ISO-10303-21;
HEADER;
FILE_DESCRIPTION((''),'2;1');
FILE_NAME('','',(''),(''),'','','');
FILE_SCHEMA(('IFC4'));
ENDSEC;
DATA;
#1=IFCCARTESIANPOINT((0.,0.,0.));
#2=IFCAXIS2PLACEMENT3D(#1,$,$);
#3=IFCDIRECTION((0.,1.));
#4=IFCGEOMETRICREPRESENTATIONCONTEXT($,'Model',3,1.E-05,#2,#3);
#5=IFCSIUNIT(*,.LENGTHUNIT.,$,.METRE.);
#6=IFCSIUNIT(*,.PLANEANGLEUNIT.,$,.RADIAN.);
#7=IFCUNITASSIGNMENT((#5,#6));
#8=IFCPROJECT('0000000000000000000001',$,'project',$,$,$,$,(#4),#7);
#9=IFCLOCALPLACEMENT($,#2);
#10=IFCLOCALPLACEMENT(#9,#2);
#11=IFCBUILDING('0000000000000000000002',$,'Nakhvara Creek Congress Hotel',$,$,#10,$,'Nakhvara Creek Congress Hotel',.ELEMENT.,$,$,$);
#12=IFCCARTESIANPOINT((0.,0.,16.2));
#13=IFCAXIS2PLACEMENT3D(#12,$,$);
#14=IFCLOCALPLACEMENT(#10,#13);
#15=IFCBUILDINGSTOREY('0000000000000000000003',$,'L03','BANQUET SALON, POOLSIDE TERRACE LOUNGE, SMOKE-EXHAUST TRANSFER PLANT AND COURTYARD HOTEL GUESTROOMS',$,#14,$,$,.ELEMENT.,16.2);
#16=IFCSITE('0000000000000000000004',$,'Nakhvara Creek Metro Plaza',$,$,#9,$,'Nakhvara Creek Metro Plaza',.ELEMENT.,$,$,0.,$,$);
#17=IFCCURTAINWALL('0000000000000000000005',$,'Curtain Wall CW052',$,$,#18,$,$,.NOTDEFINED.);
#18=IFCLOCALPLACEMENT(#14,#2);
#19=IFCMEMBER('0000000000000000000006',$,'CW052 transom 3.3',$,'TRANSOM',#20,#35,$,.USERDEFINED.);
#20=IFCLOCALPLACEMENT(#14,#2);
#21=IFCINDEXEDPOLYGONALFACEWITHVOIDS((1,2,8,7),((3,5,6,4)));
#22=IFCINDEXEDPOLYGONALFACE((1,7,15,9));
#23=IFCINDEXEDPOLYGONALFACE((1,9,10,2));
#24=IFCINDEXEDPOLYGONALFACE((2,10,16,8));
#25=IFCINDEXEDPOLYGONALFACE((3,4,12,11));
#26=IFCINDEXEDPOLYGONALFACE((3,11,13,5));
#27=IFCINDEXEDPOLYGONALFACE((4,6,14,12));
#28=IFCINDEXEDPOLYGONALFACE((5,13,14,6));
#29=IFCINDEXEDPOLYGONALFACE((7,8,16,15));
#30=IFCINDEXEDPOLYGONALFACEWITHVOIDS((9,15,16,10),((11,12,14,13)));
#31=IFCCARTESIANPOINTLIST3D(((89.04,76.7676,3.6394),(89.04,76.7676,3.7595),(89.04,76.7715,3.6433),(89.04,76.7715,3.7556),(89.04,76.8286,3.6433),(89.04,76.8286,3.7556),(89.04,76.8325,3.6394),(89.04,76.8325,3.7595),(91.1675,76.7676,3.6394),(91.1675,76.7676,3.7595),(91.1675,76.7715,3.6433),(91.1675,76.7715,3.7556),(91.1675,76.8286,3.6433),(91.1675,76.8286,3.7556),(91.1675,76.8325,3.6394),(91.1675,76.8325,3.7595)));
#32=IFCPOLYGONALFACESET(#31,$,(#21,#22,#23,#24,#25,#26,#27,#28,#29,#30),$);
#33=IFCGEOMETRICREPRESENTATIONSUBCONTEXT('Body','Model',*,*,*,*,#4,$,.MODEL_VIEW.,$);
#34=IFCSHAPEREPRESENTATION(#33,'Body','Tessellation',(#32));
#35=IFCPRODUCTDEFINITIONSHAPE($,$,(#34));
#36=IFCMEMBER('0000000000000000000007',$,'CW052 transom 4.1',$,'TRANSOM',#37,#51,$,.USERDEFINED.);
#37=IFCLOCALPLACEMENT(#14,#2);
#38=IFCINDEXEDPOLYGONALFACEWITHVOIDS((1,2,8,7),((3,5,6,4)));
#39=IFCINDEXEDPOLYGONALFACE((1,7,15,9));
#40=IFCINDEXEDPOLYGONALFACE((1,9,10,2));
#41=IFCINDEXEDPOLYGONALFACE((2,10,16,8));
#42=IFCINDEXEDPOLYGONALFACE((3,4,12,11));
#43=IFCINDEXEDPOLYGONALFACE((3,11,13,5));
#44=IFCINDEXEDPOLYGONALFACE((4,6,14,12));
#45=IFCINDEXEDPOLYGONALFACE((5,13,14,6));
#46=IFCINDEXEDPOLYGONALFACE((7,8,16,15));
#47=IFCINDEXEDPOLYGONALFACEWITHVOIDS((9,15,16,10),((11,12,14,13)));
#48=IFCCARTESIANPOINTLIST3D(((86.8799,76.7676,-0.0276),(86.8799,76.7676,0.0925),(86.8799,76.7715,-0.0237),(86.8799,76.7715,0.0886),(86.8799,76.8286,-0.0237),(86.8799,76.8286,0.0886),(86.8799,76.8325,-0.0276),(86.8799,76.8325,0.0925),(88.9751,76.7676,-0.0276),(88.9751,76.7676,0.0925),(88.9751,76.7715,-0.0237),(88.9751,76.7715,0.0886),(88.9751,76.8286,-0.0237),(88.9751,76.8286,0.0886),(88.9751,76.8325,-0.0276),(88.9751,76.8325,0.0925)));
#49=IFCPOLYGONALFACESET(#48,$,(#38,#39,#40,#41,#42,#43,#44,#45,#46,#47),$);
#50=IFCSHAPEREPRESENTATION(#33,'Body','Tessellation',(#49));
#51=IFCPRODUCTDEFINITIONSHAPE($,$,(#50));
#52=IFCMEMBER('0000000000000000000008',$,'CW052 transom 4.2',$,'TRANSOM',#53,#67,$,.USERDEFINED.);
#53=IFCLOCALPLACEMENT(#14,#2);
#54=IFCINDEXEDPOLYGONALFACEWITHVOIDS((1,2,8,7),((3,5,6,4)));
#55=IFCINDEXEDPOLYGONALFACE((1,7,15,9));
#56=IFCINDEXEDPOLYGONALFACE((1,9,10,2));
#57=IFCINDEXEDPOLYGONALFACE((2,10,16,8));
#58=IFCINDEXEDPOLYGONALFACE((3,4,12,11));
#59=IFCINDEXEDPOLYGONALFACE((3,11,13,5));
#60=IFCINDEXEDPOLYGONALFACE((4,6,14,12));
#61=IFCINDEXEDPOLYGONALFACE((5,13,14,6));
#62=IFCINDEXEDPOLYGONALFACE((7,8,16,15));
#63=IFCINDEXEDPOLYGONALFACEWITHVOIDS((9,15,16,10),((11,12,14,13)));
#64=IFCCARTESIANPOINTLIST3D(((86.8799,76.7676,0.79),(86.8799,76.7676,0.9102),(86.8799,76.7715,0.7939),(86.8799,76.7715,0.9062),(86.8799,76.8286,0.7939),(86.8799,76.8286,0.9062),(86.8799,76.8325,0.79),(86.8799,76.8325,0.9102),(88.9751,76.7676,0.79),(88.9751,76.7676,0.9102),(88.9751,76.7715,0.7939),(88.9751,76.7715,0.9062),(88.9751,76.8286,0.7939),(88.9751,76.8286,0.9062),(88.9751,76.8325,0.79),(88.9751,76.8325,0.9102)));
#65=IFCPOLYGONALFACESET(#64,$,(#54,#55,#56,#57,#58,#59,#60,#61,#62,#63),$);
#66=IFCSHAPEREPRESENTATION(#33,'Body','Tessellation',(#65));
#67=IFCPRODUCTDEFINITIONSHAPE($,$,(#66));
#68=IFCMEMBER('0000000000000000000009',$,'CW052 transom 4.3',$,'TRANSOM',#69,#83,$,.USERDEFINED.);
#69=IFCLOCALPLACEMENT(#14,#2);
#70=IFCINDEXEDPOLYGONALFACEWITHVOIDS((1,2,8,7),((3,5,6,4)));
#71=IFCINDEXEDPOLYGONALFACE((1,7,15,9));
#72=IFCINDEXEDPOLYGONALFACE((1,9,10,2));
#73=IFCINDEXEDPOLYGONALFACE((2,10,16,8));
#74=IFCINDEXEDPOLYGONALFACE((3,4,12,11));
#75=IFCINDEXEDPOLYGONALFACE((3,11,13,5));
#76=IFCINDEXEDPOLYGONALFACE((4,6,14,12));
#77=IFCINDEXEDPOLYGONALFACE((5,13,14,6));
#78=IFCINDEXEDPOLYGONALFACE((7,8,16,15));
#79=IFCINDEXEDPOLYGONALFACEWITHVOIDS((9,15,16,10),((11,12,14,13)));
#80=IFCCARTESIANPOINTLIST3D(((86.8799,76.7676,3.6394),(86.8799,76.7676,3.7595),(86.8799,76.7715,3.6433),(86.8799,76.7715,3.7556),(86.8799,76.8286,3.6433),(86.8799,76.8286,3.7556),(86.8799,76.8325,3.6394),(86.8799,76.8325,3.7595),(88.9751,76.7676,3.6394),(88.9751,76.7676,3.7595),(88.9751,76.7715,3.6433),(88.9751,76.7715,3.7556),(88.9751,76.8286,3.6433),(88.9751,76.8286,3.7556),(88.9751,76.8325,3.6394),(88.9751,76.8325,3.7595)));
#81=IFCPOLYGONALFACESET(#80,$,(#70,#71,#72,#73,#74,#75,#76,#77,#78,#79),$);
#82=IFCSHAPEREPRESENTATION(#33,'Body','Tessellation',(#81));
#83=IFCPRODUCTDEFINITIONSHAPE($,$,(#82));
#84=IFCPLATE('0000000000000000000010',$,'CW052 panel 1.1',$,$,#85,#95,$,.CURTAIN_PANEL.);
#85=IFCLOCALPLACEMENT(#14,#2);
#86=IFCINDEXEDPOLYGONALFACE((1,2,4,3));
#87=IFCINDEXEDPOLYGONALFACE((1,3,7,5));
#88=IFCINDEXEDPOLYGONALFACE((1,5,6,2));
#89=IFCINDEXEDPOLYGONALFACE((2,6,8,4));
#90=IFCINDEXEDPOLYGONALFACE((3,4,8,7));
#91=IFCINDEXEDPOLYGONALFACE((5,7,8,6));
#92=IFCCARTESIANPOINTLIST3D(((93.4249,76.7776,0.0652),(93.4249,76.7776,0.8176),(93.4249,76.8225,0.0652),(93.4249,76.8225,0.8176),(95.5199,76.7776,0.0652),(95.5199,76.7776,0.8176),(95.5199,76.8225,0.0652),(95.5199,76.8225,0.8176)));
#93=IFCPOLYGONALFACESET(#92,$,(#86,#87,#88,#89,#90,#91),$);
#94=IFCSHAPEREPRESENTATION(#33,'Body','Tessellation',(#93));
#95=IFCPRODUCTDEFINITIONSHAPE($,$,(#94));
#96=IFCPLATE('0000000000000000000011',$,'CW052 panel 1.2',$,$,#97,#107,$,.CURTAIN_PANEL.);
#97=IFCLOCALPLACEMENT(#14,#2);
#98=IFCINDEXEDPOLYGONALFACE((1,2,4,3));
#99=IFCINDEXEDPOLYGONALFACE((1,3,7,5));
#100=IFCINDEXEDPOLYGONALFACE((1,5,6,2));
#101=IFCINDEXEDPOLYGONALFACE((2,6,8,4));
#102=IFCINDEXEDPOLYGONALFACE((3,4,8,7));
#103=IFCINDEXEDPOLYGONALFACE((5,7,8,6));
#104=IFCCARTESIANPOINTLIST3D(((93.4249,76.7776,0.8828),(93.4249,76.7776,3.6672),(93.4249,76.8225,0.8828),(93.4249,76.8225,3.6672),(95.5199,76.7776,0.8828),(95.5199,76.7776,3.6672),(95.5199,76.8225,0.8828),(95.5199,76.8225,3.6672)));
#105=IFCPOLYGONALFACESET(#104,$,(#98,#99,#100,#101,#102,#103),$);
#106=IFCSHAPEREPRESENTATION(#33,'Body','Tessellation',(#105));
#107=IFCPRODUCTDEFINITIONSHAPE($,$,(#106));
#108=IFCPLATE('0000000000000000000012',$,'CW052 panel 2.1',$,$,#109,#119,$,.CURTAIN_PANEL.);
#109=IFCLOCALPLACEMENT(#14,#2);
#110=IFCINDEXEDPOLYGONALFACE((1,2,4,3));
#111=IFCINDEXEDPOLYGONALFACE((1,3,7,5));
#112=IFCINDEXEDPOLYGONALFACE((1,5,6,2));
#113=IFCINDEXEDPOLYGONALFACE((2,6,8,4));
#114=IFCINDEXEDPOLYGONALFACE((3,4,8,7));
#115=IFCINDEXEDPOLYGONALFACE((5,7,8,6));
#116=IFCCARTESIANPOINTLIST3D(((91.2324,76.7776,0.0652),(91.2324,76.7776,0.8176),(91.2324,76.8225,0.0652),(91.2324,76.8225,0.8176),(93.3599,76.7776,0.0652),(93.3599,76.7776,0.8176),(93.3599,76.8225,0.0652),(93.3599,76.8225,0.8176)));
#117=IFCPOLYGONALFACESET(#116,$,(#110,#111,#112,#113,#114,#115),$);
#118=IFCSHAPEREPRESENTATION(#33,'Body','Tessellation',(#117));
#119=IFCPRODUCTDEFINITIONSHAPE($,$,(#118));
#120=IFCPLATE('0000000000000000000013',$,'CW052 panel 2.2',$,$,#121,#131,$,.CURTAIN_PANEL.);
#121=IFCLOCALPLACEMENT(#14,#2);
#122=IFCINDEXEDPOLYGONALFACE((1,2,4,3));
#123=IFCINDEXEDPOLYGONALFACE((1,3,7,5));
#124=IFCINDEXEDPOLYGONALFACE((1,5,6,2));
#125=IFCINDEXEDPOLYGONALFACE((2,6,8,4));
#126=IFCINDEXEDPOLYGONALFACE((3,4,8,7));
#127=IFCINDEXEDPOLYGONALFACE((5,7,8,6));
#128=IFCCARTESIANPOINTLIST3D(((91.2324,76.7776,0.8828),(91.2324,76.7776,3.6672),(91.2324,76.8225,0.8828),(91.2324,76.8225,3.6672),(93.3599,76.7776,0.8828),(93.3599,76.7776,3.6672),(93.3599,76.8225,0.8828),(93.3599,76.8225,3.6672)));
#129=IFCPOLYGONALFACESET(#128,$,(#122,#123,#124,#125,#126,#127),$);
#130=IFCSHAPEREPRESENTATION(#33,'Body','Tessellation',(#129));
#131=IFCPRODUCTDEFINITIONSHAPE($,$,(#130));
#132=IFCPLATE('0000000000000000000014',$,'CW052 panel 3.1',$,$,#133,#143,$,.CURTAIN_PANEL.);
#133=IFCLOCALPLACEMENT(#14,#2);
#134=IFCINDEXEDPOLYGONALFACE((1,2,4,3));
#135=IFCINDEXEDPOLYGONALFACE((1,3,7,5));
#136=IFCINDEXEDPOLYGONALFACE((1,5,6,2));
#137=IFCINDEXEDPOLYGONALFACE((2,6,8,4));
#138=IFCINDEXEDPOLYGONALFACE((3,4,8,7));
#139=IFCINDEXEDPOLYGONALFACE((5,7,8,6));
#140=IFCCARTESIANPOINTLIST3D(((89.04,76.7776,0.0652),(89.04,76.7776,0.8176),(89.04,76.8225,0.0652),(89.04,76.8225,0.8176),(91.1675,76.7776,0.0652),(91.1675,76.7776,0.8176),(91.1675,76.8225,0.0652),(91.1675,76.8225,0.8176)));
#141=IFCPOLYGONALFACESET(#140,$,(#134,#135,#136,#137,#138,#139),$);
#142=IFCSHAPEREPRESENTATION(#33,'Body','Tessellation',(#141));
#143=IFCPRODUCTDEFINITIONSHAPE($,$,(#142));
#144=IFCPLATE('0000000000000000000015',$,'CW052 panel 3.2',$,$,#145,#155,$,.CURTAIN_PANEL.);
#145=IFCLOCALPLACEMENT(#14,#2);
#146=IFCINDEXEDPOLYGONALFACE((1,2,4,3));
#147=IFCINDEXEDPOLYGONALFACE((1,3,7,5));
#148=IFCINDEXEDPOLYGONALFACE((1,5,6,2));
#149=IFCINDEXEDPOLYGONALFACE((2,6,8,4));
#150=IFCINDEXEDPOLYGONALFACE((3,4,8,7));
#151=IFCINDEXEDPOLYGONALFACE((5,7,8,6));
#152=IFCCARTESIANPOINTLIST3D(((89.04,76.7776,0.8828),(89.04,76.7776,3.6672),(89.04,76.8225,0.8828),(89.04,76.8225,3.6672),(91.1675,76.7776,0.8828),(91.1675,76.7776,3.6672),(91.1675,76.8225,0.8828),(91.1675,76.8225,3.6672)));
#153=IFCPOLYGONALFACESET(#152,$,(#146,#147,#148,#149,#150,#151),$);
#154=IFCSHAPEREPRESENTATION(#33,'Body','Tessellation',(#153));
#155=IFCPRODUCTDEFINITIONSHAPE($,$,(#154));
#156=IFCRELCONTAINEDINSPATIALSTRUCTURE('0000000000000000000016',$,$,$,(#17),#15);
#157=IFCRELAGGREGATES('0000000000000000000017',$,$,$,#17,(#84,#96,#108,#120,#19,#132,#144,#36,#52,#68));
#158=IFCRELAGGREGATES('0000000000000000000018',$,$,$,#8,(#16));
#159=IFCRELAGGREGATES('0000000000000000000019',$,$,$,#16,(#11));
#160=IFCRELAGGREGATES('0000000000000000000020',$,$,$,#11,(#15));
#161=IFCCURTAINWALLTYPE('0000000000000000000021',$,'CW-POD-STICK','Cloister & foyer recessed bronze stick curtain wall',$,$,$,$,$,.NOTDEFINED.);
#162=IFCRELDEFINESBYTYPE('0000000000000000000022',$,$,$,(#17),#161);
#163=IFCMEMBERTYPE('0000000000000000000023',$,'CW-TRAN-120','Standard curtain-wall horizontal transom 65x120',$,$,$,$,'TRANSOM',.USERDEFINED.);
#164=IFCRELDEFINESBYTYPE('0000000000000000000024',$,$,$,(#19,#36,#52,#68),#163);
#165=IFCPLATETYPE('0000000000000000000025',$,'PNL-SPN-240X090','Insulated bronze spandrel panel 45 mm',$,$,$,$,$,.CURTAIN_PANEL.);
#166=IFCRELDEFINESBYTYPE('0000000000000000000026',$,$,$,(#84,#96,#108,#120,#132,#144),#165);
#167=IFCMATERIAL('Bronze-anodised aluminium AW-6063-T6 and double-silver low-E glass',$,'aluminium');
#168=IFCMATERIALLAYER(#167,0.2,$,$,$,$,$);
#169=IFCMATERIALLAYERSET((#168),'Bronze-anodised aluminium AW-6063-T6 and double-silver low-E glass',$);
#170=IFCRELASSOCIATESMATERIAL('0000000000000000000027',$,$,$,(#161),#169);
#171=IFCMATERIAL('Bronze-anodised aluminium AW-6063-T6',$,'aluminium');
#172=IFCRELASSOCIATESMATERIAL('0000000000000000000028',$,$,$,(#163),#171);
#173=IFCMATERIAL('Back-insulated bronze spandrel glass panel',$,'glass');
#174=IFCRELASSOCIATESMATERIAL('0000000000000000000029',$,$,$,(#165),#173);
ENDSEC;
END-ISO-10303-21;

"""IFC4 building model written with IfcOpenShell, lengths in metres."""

from ifc_helpers import new_model, si_unit, direction, frame, origin, origin_2d, place, context, subcontext, project, spatial, rectangle, hollow_rectangle, extrude, material, layer, layer_set, material_profile, profile_set, type_object, element, aggregate, save


model = new_model("IFC4")

# Units and contexts
model_context = context("Model", 3, precision=1e-05, world=origin(), true_north=direction((0.0, 1.0)))
body_context = subcontext(model_context, "Body", "Model", "MODEL_VIEW")
ifc_project = project(units=[si_unit("LENGTHUNIT", "METRE"), si_unit("PLANEANGLEUNIT", "RADIAN")], contexts=[model_context])

# Site, building, storey
site_placement = place(None, origin())
site = spatial("IfcSite", under=ifc_project, at=site_placement, Name="Nakhvara Creek Metro Plaza", LongName="Nakhvara Creek Metro Plaza", CompositionType="ELEMENT", RefElevation=0.0)
building_placement = place(site_placement, origin())
building = spatial("IfcBuilding", under=site, at=building_placement, Name="Nakhvara Creek Congress Hotel", LongName="Nakhvara Creek Congress Hotel", CompositionType="ELEMENT")
storey_placement = place(building_placement, frame((0.0, 0.0, 16.2)))
storey = spatial("IfcBuildingStorey", under=building, at=storey_placement, Name="L03", Description="BANQUET SALON, POOLSIDE TERRACE LOUNGE, SMOKE-EXHAUST TRANSFER PLANT AND COURTYARD HOTEL GUESTROOMS", CompositionType="ELEMENT", Elevation=16.2)

# Curtain wall, members, plates
ifc_material_1 = material(Name="Bronze-anodised aluminium AW-6063-T6 and double-silver low-E glass", Category="aluminium")
ifc_layer = layer(ifc_material_1, 0.2)
ifc_layer_set = layer_set([ifc_layer], Name="Bronze-anodised aluminium AW-6063-T6 and double-silver low-E glass")
curtain_wall_type = type_object("IfcCurtainWallType", Name="CW-POD-STICK", Description="Cloister & foyer recessed bronze stick curtain wall", PredefinedType="NOTDEFINED", material=ifc_layer_set)
curtain_wall_placement = place(storey_placement, origin())
curtain_wall = element("IfcCurtainWall", 1, at=curtain_wall_placement, inside=storey, type_object=curtain_wall_type, Name="Curtain Wall CW052", PredefinedType="NOTDEFINED")
ifc_material_2 = material(Name="Bronze-anodised aluminium AW-6063-T6", Category="aluminium")
ifc_material_profile_1 = material_profile(ifc_material_2, hollow_rectangle(XDim=0.0649, YDim=0.1201, WallThickness=0.0039, at=origin_2d()), Name="ALU-TRAN 65x120x4", Category="LoadBearing")
ifc_profile_set_1 = profile_set([ifc_material_profile_1], Name="Bronze-anodised aluminium AW-6063-T6")
member_type_1 = type_object("IfcMemberType", Name="CW-TRAN-120", Description="Standard curtain-wall horizontal transom 65x120", ElementType="TRANSOM", PredefinedType="USERDEFINED", material=ifc_profile_set_1)
member_1_placement = place(storey_placement, frame((91.1675, 76.8, 3.6995), z_axis=(-1.0, 0.0, 0.0), x_axis=(0.0, -1.0, 0.0)))
member_1 = element("IfcMember", 2, at=member_1_placement, type_object=member_type_1, Name="CW052 transom 3.3", ObjectType="TRANSOM", PredefinedType="USERDEFINED", context=body_context, shape_type="SweptSolid", body=[
    extrude(hollow_rectangle(XDim=0.0649, YDim=0.1201, WallThickness=0.0039, at=origin_2d()), origin(), (0.0, 0.0, 1.0), 2.1274),
])
member_2_placement = place(storey_placement, frame((88.9751, 76.8, 0.0325), z_axis=(-1.0, 0.0, 0.0), x_axis=(0.0, -1.0, 0.0)))
member_2 = element("IfcMember", 3, at=member_2_placement, type_object=member_type_1, Name="CW052 transom 4.1", ObjectType="TRANSOM", PredefinedType="USERDEFINED", context=body_context, shape_type="SweptSolid", body=[
    extrude(hollow_rectangle(XDim=0.0649, YDim=0.1201, WallThickness=0.0039, at=origin_2d()), origin(), (0.0, 0.0, 1.0), 2.0952),
])
member_3_placement = place(storey_placement, frame((88.9751, 76.8, 0.8501), z_axis=(-1.0, 0.0, 0.0), x_axis=(0.0, -1.0, 0.0)))
member_3 = element("IfcMember", 4, at=member_3_placement, type_object=member_type_1, Name="CW052 transom 4.2", ObjectType="TRANSOM", PredefinedType="USERDEFINED", context=body_context, shape_type="SweptSolid", body=[
    extrude(hollow_rectangle(XDim=0.0649, YDim=0.1201, WallThickness=0.0039, at=origin_2d()), origin(), (0.0, 0.0, 1.0), 2.0952),
])
member_4_placement = place(storey_placement, frame((88.9751, 76.8, 3.6995), z_axis=(-1.0, 0.0, 0.0), x_axis=(0.0, -1.0, 0.0)))
member_4 = element("IfcMember", 5, at=member_4_placement, type_object=member_type_1, Name="CW052 transom 4.3", ObjectType="TRANSOM", PredefinedType="USERDEFINED", context=body_context, shape_type="SweptSolid", body=[
    extrude(hollow_rectangle(XDim=0.0649, YDim=0.1201, WallThickness=0.0039, at=origin_2d()), origin(), (0.0, 0.0, 1.0), 2.0952),
])
ifc_material_3 = material(Name="Back-insulated bronze spandrel glass panel", Category="glass")
plate_type = type_object("IfcPlateType", Name="PNL-SPN-240X090", Description="Insulated bronze spandrel panel 45 mm", PredefinedType="CURTAIN_PANEL", material=ifc_material_3)
plate_1_placement = place(storey_placement, frame((94.4724, 76.8, 0.0652), z_axis=(0.0, 0.0, 1.0), x_axis=(-1.0, 0.0, 0.0)))
plate_1 = element("IfcPlate", 6, at=plate_1_placement, type_object=plate_type, Name="CW052 panel 1.1", PredefinedType="CURTAIN_PANEL", context=body_context, shape_type="SweptSolid", body=[
    extrude(rectangle(XDim=2.095, YDim=0.0449, at=origin_2d()), origin(), (0.0, 0.0, 1.0), 0.7524),
])
plate_2_placement = place(storey_placement, frame((94.4724, 76.8, 0.8828), z_axis=(0.0, 0.0, 1.0), x_axis=(-1.0, 0.0, 0.0)))
plate_2 = element("IfcPlate", 7, at=plate_2_placement, type_object=plate_type, Name="CW052 panel 1.2", PredefinedType="CURTAIN_PANEL", context=body_context, shape_type="SweptSolid", body=[
    extrude(rectangle(XDim=2.095, YDim=0.0449, at=origin_2d()), origin(), (0.0, 0.0, 1.0), 2.7844),
])
plate_3_placement = place(storey_placement, frame((92.2961, 76.8, 0.0652), z_axis=(0.0, 0.0, 1.0), x_axis=(-1.0, 0.0, 0.0)))
plate_3 = element("IfcPlate", 8, at=plate_3_placement, type_object=plate_type, Name="CW052 panel 2.1", PredefinedType="CURTAIN_PANEL", context=body_context, shape_type="SweptSolid", body=[
    extrude(rectangle(XDim=2.1274, YDim=0.0449, at=origin_2d()), origin(), (0.0, 0.0, 1.0), 0.7524),
])
plate_4_placement = place(storey_placement, frame((92.2961, 76.8, 0.8828), z_axis=(0.0, 0.0, 1.0), x_axis=(-1.0, 0.0, 0.0)))
plate_4 = element("IfcPlate", 9, at=plate_4_placement, type_object=plate_type, Name="CW052 panel 2.2", PredefinedType="CURTAIN_PANEL", context=body_context, shape_type="SweptSolid", body=[
    extrude(rectangle(XDim=2.1274, YDim=0.0449, at=origin_2d()), origin(), (0.0, 0.0, 1.0), 2.7844),
])
plate_5_placement = place(storey_placement, frame((90.1038, 76.8, 0.0652), z_axis=(0.0, 0.0, 1.0), x_axis=(-1.0, 0.0, 0.0)))
plate_5 = element("IfcPlate", 10, at=plate_5_placement, type_object=plate_type, Name="CW052 panel 3.1", PredefinedType="CURTAIN_PANEL", context=body_context, shape_type="SweptSolid", body=[
    extrude(rectangle(XDim=2.1274, YDim=0.0449, at=origin_2d()), origin(), (0.0, 0.0, 1.0), 0.7524),
])
plate_6_placement = place(storey_placement, frame((90.1038, 76.8, 0.8828), z_axis=(0.0, 0.0, 1.0), x_axis=(-1.0, 0.0, 0.0)))
plate_6 = element("IfcPlate", 11, at=plate_6_placement, type_object=plate_type, Name="CW052 panel 3.2", PredefinedType="CURTAIN_PANEL", context=body_context, shape_type="SweptSolid", body=[
    extrude(rectangle(XDim=2.1274, YDim=0.0449, at=origin_2d()), origin(), (0.0, 0.0, 1.0), 2.7844),
])
aggregate(curtain_wall, [plate_1, plate_2, plate_3, plate_4, member_1, plate_5, plate_6, member_2, member_3, member_4])

save(model, "model.ifc")
